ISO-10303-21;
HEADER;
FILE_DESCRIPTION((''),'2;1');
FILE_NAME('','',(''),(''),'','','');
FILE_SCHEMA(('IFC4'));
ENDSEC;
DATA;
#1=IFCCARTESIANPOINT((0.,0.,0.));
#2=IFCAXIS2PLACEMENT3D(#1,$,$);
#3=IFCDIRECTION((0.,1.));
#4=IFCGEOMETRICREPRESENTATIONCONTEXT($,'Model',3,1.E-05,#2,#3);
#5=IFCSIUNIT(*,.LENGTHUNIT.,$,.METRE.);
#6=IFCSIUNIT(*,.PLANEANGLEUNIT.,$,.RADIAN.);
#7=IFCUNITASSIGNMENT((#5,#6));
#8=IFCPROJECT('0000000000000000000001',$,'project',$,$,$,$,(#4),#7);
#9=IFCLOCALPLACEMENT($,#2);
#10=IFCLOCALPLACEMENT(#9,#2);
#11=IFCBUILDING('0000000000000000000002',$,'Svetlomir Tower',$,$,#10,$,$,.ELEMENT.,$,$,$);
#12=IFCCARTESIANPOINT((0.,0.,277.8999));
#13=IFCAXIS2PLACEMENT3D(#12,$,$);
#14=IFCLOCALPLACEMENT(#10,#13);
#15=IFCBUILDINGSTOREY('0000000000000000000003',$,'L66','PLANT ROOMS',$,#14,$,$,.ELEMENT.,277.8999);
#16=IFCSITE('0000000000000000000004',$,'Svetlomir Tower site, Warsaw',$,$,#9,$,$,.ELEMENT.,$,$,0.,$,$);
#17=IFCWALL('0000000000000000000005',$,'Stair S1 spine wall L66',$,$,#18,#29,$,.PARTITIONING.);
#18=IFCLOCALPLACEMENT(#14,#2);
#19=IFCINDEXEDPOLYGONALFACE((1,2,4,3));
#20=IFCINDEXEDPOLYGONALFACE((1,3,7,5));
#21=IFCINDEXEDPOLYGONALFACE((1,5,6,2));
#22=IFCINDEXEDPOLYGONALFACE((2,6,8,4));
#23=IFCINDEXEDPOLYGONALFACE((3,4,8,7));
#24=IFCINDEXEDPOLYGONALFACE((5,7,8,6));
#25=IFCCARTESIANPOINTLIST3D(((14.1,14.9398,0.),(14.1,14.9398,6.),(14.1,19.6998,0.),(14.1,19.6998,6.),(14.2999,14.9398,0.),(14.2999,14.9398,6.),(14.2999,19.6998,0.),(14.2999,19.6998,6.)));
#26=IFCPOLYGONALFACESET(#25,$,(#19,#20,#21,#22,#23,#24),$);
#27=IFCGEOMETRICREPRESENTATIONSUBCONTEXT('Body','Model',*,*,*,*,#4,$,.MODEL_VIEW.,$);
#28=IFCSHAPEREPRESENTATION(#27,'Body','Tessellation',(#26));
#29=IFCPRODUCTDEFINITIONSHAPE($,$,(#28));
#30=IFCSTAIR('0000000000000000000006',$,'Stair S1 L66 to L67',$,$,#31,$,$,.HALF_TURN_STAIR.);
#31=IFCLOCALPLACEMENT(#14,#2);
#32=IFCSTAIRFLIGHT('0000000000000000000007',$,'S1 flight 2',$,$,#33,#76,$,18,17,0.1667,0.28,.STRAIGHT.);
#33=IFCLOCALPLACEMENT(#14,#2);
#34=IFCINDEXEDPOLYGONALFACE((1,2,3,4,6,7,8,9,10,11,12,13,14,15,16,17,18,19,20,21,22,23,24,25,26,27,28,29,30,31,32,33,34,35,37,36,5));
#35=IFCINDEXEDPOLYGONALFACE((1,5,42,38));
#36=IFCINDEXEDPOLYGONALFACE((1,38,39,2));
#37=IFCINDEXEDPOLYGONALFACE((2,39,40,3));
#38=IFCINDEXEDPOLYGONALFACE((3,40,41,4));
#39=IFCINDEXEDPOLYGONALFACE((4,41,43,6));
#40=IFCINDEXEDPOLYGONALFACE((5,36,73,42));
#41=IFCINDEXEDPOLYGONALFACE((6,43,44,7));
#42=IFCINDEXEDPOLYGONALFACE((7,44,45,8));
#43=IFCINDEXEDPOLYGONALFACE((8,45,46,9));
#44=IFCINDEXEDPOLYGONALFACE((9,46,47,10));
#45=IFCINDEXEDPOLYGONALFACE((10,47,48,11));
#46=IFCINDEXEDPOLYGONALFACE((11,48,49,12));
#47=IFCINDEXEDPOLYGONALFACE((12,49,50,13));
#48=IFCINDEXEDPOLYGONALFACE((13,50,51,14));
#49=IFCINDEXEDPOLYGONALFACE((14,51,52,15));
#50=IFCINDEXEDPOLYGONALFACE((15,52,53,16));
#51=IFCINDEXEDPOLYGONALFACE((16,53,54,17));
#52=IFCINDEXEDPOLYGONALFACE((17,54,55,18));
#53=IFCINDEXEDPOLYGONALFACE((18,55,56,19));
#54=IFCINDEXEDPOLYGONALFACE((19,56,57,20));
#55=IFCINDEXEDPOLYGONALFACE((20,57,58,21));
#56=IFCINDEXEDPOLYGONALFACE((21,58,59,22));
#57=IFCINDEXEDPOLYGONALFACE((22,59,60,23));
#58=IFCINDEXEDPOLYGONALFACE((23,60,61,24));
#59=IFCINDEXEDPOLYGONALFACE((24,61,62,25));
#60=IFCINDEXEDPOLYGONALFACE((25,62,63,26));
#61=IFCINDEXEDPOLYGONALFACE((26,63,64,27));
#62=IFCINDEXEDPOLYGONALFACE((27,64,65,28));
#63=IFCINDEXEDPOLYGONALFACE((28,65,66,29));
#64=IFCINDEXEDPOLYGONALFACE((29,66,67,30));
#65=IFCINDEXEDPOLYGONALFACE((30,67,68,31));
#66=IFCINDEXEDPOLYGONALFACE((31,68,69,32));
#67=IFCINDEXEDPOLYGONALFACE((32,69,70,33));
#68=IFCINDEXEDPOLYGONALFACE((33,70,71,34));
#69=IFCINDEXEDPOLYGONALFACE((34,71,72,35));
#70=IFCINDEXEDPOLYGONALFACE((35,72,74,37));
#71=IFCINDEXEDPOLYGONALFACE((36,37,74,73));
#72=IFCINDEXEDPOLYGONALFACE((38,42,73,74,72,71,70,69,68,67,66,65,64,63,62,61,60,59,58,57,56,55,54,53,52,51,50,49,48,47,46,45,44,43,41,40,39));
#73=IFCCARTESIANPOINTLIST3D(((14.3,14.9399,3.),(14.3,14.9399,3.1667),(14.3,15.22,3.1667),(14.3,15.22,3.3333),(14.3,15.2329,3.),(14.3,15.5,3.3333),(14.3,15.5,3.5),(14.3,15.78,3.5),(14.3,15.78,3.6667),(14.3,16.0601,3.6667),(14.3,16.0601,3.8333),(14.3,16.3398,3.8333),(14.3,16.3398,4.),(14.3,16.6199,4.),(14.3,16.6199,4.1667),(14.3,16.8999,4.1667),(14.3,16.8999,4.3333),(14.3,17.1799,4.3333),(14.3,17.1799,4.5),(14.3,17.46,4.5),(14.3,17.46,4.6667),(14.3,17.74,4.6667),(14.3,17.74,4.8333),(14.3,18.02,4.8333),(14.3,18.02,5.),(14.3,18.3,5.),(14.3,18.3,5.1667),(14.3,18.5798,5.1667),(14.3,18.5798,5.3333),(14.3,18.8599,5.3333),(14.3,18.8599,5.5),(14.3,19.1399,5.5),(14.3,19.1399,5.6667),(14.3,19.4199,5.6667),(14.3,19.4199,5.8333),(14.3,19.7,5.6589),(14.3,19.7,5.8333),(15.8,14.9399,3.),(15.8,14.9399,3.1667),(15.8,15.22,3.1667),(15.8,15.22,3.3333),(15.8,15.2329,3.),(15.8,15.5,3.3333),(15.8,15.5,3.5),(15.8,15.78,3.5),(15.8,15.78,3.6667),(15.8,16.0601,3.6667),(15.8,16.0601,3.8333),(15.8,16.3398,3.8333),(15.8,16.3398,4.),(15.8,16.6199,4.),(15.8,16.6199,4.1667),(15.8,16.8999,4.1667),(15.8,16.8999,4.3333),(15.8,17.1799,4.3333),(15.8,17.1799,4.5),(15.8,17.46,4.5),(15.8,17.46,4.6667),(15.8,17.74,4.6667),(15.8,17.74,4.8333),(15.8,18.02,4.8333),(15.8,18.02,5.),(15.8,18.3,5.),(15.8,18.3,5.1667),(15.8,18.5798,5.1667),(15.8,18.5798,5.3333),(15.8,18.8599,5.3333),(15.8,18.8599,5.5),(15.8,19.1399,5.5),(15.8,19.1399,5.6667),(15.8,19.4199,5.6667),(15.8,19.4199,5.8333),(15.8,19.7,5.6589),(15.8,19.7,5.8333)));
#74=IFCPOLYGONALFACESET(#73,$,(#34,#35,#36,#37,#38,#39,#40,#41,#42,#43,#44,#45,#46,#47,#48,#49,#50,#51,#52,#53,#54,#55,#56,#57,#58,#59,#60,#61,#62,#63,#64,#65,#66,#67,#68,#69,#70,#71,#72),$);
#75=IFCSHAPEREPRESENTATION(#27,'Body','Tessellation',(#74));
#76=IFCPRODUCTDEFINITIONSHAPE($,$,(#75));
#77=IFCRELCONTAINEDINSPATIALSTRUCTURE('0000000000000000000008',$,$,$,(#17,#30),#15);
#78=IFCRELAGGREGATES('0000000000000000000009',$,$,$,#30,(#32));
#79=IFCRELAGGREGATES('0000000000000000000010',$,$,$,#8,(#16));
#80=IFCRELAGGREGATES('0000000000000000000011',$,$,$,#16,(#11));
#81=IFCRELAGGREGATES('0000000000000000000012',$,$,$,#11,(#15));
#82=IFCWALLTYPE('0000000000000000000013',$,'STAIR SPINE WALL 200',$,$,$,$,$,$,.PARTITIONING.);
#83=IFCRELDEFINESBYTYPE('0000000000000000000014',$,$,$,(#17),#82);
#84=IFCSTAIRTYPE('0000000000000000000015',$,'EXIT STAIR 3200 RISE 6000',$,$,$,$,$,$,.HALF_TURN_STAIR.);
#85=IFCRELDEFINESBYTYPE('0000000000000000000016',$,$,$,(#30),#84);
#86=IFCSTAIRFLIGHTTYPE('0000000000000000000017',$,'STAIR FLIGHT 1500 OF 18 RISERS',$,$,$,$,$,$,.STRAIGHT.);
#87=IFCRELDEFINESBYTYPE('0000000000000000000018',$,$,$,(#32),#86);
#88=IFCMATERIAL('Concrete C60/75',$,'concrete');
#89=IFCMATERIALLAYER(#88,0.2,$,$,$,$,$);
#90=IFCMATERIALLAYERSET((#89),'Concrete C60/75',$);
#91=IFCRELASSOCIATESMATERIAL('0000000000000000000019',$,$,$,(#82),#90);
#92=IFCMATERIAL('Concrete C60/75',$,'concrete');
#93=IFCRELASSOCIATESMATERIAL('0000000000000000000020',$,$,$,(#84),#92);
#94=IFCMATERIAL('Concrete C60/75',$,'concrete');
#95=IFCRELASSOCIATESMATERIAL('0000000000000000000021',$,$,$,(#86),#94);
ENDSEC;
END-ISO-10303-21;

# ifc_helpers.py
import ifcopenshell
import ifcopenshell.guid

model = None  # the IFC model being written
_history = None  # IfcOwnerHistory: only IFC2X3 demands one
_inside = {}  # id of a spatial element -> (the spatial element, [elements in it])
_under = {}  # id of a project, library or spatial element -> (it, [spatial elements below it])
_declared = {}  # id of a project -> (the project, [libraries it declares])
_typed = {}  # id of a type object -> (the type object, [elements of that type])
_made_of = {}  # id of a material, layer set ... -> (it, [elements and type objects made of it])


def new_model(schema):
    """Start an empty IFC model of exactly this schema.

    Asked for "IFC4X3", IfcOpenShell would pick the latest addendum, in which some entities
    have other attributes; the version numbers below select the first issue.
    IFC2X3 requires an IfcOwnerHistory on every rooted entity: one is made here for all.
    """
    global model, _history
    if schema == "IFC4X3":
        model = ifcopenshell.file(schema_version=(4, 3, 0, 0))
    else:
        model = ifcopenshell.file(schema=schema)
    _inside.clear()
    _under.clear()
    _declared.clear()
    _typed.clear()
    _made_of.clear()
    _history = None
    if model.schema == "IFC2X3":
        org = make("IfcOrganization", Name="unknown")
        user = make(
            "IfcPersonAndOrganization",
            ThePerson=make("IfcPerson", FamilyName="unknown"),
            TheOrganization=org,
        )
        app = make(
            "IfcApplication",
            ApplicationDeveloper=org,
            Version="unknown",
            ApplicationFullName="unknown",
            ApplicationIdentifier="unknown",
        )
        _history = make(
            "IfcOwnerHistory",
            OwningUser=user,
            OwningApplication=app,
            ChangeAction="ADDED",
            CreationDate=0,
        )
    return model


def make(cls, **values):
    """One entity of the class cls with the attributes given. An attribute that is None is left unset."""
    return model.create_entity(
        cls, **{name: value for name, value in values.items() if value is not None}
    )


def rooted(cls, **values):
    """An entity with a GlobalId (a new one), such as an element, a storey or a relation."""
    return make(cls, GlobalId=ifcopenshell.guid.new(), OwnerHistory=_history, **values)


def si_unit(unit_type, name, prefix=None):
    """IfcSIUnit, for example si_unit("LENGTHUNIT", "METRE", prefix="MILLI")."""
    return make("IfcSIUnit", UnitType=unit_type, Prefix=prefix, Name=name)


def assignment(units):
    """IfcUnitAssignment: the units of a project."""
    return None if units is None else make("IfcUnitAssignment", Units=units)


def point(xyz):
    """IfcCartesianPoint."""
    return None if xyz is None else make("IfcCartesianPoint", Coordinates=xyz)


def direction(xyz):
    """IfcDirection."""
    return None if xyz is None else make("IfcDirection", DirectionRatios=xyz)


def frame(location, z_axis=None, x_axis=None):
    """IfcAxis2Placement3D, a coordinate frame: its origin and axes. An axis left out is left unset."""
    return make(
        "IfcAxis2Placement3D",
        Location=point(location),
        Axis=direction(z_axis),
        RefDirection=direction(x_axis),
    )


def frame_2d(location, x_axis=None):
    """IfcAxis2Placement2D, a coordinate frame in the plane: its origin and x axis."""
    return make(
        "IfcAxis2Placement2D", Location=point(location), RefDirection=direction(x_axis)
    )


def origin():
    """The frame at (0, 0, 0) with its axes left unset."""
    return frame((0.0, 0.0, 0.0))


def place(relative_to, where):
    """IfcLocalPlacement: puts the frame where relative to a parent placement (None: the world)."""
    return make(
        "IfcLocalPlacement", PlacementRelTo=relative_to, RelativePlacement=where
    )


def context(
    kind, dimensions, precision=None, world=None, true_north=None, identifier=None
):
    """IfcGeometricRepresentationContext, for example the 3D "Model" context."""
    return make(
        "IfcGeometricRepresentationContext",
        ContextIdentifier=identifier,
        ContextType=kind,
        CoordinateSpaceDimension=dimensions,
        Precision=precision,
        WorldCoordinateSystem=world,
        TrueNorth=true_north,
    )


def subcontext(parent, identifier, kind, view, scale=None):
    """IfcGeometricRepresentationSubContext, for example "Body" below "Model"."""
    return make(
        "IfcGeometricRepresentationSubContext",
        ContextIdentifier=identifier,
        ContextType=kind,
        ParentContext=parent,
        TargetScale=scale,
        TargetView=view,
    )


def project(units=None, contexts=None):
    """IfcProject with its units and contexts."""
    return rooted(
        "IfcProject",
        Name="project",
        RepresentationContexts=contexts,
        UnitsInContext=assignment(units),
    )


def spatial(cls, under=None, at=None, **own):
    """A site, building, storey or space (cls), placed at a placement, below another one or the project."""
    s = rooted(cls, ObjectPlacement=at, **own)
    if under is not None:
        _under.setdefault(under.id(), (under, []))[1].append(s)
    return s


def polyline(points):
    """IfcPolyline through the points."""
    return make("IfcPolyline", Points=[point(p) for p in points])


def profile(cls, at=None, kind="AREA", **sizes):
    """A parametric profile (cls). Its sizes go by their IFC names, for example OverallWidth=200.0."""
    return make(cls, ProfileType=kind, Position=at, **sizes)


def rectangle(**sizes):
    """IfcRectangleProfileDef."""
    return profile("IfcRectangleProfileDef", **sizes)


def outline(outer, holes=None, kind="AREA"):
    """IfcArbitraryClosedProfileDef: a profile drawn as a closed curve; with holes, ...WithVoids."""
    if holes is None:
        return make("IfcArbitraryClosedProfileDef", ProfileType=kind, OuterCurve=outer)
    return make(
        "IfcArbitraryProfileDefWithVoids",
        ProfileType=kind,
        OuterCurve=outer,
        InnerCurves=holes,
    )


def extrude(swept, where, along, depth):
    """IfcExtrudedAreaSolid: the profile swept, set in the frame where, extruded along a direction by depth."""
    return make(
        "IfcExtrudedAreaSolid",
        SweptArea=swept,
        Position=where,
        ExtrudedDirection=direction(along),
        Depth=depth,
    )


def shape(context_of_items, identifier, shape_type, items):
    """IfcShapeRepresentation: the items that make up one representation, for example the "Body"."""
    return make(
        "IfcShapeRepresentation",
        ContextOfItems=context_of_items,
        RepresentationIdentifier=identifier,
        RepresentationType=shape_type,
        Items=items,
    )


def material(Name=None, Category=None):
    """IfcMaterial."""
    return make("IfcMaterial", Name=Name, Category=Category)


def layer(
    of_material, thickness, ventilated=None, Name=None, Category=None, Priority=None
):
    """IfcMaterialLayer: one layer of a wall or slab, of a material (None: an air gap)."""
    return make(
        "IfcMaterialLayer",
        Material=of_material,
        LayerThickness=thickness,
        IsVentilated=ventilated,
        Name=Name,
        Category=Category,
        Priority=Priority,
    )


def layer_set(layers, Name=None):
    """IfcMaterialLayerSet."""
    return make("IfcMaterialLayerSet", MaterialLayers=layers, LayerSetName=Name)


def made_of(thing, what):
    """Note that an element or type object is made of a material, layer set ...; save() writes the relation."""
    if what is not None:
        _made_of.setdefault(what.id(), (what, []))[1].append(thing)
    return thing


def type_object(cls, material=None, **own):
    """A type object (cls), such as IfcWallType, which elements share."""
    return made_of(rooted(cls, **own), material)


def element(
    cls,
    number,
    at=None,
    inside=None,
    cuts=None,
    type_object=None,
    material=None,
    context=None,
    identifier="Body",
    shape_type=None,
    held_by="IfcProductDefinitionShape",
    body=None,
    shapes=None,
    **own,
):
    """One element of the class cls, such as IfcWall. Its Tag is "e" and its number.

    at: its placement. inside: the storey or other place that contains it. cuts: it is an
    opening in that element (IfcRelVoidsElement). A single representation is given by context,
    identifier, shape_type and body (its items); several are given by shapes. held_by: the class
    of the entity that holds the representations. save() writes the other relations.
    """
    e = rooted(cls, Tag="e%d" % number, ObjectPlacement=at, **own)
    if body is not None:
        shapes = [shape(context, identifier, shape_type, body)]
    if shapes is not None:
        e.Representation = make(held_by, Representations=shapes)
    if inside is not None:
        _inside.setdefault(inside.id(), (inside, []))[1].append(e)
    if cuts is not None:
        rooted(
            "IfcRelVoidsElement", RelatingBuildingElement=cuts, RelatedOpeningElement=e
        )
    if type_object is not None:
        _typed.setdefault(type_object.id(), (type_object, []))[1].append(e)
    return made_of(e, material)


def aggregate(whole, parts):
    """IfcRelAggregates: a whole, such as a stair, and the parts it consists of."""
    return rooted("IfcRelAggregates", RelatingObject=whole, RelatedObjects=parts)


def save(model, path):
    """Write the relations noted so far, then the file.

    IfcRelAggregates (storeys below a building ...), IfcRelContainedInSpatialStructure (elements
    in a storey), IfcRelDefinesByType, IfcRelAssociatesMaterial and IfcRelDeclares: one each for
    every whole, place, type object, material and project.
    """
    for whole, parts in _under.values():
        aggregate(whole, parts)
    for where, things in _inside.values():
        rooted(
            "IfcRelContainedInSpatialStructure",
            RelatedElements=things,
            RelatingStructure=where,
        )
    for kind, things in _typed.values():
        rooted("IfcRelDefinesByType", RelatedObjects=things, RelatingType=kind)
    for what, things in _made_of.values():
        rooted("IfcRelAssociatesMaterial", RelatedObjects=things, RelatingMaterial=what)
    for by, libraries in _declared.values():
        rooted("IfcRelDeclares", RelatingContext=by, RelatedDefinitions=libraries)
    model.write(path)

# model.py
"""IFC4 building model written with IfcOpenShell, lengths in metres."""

from ifc_helpers import new_model, si_unit, direction, frame, frame_2d, origin, place, context, subcontext, project, spatial, polyline, rectangle, outline, extrude, material, layer, layer_set, type_object, element, aggregate, save


model = new_model("IFC4")

# Units and contexts
model_context = context("Model", 3, precision=1e-05, world=origin(), true_north=direction((0.0, 1.0)))
body_context = subcontext(model_context, "Body", "Model", "MODEL_VIEW")
ifc_project = project(units=[si_unit("LENGTHUNIT", "METRE"), si_unit("PLANEANGLEUNIT", "RADIAN")], contexts=[model_context])

# Site, building, storey
site_placement = place(None, origin())
site = spatial("IfcSite", under=ifc_project, at=site_placement, Name="Svetlomir Tower site, Warsaw", CompositionType="ELEMENT", RefElevation=0.0)
building_placement = place(site_placement, origin())
building = spatial("IfcBuilding", under=site, at=building_placement, Name="Svetlomir Tower", CompositionType="ELEMENT")
storey_placement = place(building_placement, frame((0.0, 0.0, 277.8999)))
storey = spatial("IfcBuildingStorey", under=building, at=storey_placement, Name="L66", Description="PLANT ROOMS", CompositionType="ELEMENT", Elevation=277.8999)

# Wall
ifc_material_1 = material(Name="Concrete C60/75", Category="concrete")
ifc_layer_1 = layer(ifc_material_1, 0.2)
ifc_layer_set_1 = layer_set([ifc_layer_1], Name="Concrete C60/75")
wall_type_1 = type_object("IfcWallType", Name="STAIR SPINE WALL 200", PredefinedType="PARTITIONING", material=ifc_layer_set_1)
wall_1_placement = place(storey_placement, frame((14.2, 14.9399, 0.0), z_axis=(0.0, 0.0, 1.0), x_axis=(0.0, 1.0, 0.0)))
element("IfcWall", 1, at=wall_1_placement, inside=storey, type_object=wall_type_1, Name="Stair S1 spine wall L66", PredefinedType="PARTITIONING", context=body_context, shape_type="SweptSolid", body=[
    extrude(rectangle(XDim=4.76, YDim=0.2, at=frame_2d((2.3799, 0.0))), origin(), (0.0, 0.0, 1.0), 6.0),
])

# Stair, stair flight
ifc_material_2 = material(Name="Concrete C60/75", Category="concrete")
stair_type = type_object("IfcStairType", Name="EXIT STAIR 3200 RISE 6000", PredefinedType="HALF_TURN_STAIR", material=ifc_material_2)
stair_placement = place(storey_placement, origin())
stair = element("IfcStair", 2, at=stair_placement, inside=storey, type_object=stair_type, Name="Stair S1 L66 to L67", PredefinedType="HALF_TURN_STAIR")
ifc_material_3 = material(Name="Concrete C60/75", Category="concrete")
stair_flight_type = type_object("IfcStairFlightType", Name="STAIR FLIGHT 1500 OF 18 RISERS", PredefinedType="STRAIGHT", material=ifc_material_3)
stair_flight_placement = place(storey_placement, frame((15.05, 14.9399, 3.0), z_axis=(0.0, 0.0, 1.0), x_axis=(0.0, 1.0, 0.0)))
stair_flight = element("IfcStairFlight", 3, at=stair_flight_placement, type_object=stair_flight_type, Name="S1 flight 2", NumberOfRisers=18, NumberOfTreads=17, PredefinedType="STRAIGHT", RiserHeight=0.1667, TreadLength=0.28, context=body_context, shape_type="SweptSolid", body=[
    extrude(outline(polyline([(0.0, 0.0), (0.0, 0.1667), (0.28, 0.1667), (0.28, 0.3333), (0.5601, 0.3333), (0.5601, 0.5), (0.8401, 0.5), (0.8401, 0.6667), (1.1201, 0.6667), (1.1201, 0.8333), (1.3999, 0.8333), (1.3999, 1.0), (1.6799, 1.0), (1.6799, 1.1667), (1.96, 1.1667), (1.96, 1.3333), (2.24, 1.3333), (2.24, 1.5), (2.52, 1.5), (2.52, 1.6667), (2.8, 1.6667), (2.8, 1.8333), (3.0801, 1.8333), (3.0801, 2.0), (3.3601, 2.0), (3.3601, 2.1667), (3.6399, 2.1667), (3.6399, 2.3333), (3.9199, 2.3333), (3.9199, 2.5), (4.2, 2.5), (4.2, 2.6667), (4.48, 2.6667), (4.48, 2.8333), (4.76, 2.8333), (4.76, 3.0), (4.76, 2.6589), (0.293, 0.0), (0.0, 0.0)])), frame((0.0, 0.75, 0.0), z_axis=(0.0, -1.0, 0.0), x_axis=(1.0, 0.0, 0.0)), (0.0, 0.0, 1.0), 1.5),
])
aggregate(stair, [stair_flight])

save(model, "model.ifc")
